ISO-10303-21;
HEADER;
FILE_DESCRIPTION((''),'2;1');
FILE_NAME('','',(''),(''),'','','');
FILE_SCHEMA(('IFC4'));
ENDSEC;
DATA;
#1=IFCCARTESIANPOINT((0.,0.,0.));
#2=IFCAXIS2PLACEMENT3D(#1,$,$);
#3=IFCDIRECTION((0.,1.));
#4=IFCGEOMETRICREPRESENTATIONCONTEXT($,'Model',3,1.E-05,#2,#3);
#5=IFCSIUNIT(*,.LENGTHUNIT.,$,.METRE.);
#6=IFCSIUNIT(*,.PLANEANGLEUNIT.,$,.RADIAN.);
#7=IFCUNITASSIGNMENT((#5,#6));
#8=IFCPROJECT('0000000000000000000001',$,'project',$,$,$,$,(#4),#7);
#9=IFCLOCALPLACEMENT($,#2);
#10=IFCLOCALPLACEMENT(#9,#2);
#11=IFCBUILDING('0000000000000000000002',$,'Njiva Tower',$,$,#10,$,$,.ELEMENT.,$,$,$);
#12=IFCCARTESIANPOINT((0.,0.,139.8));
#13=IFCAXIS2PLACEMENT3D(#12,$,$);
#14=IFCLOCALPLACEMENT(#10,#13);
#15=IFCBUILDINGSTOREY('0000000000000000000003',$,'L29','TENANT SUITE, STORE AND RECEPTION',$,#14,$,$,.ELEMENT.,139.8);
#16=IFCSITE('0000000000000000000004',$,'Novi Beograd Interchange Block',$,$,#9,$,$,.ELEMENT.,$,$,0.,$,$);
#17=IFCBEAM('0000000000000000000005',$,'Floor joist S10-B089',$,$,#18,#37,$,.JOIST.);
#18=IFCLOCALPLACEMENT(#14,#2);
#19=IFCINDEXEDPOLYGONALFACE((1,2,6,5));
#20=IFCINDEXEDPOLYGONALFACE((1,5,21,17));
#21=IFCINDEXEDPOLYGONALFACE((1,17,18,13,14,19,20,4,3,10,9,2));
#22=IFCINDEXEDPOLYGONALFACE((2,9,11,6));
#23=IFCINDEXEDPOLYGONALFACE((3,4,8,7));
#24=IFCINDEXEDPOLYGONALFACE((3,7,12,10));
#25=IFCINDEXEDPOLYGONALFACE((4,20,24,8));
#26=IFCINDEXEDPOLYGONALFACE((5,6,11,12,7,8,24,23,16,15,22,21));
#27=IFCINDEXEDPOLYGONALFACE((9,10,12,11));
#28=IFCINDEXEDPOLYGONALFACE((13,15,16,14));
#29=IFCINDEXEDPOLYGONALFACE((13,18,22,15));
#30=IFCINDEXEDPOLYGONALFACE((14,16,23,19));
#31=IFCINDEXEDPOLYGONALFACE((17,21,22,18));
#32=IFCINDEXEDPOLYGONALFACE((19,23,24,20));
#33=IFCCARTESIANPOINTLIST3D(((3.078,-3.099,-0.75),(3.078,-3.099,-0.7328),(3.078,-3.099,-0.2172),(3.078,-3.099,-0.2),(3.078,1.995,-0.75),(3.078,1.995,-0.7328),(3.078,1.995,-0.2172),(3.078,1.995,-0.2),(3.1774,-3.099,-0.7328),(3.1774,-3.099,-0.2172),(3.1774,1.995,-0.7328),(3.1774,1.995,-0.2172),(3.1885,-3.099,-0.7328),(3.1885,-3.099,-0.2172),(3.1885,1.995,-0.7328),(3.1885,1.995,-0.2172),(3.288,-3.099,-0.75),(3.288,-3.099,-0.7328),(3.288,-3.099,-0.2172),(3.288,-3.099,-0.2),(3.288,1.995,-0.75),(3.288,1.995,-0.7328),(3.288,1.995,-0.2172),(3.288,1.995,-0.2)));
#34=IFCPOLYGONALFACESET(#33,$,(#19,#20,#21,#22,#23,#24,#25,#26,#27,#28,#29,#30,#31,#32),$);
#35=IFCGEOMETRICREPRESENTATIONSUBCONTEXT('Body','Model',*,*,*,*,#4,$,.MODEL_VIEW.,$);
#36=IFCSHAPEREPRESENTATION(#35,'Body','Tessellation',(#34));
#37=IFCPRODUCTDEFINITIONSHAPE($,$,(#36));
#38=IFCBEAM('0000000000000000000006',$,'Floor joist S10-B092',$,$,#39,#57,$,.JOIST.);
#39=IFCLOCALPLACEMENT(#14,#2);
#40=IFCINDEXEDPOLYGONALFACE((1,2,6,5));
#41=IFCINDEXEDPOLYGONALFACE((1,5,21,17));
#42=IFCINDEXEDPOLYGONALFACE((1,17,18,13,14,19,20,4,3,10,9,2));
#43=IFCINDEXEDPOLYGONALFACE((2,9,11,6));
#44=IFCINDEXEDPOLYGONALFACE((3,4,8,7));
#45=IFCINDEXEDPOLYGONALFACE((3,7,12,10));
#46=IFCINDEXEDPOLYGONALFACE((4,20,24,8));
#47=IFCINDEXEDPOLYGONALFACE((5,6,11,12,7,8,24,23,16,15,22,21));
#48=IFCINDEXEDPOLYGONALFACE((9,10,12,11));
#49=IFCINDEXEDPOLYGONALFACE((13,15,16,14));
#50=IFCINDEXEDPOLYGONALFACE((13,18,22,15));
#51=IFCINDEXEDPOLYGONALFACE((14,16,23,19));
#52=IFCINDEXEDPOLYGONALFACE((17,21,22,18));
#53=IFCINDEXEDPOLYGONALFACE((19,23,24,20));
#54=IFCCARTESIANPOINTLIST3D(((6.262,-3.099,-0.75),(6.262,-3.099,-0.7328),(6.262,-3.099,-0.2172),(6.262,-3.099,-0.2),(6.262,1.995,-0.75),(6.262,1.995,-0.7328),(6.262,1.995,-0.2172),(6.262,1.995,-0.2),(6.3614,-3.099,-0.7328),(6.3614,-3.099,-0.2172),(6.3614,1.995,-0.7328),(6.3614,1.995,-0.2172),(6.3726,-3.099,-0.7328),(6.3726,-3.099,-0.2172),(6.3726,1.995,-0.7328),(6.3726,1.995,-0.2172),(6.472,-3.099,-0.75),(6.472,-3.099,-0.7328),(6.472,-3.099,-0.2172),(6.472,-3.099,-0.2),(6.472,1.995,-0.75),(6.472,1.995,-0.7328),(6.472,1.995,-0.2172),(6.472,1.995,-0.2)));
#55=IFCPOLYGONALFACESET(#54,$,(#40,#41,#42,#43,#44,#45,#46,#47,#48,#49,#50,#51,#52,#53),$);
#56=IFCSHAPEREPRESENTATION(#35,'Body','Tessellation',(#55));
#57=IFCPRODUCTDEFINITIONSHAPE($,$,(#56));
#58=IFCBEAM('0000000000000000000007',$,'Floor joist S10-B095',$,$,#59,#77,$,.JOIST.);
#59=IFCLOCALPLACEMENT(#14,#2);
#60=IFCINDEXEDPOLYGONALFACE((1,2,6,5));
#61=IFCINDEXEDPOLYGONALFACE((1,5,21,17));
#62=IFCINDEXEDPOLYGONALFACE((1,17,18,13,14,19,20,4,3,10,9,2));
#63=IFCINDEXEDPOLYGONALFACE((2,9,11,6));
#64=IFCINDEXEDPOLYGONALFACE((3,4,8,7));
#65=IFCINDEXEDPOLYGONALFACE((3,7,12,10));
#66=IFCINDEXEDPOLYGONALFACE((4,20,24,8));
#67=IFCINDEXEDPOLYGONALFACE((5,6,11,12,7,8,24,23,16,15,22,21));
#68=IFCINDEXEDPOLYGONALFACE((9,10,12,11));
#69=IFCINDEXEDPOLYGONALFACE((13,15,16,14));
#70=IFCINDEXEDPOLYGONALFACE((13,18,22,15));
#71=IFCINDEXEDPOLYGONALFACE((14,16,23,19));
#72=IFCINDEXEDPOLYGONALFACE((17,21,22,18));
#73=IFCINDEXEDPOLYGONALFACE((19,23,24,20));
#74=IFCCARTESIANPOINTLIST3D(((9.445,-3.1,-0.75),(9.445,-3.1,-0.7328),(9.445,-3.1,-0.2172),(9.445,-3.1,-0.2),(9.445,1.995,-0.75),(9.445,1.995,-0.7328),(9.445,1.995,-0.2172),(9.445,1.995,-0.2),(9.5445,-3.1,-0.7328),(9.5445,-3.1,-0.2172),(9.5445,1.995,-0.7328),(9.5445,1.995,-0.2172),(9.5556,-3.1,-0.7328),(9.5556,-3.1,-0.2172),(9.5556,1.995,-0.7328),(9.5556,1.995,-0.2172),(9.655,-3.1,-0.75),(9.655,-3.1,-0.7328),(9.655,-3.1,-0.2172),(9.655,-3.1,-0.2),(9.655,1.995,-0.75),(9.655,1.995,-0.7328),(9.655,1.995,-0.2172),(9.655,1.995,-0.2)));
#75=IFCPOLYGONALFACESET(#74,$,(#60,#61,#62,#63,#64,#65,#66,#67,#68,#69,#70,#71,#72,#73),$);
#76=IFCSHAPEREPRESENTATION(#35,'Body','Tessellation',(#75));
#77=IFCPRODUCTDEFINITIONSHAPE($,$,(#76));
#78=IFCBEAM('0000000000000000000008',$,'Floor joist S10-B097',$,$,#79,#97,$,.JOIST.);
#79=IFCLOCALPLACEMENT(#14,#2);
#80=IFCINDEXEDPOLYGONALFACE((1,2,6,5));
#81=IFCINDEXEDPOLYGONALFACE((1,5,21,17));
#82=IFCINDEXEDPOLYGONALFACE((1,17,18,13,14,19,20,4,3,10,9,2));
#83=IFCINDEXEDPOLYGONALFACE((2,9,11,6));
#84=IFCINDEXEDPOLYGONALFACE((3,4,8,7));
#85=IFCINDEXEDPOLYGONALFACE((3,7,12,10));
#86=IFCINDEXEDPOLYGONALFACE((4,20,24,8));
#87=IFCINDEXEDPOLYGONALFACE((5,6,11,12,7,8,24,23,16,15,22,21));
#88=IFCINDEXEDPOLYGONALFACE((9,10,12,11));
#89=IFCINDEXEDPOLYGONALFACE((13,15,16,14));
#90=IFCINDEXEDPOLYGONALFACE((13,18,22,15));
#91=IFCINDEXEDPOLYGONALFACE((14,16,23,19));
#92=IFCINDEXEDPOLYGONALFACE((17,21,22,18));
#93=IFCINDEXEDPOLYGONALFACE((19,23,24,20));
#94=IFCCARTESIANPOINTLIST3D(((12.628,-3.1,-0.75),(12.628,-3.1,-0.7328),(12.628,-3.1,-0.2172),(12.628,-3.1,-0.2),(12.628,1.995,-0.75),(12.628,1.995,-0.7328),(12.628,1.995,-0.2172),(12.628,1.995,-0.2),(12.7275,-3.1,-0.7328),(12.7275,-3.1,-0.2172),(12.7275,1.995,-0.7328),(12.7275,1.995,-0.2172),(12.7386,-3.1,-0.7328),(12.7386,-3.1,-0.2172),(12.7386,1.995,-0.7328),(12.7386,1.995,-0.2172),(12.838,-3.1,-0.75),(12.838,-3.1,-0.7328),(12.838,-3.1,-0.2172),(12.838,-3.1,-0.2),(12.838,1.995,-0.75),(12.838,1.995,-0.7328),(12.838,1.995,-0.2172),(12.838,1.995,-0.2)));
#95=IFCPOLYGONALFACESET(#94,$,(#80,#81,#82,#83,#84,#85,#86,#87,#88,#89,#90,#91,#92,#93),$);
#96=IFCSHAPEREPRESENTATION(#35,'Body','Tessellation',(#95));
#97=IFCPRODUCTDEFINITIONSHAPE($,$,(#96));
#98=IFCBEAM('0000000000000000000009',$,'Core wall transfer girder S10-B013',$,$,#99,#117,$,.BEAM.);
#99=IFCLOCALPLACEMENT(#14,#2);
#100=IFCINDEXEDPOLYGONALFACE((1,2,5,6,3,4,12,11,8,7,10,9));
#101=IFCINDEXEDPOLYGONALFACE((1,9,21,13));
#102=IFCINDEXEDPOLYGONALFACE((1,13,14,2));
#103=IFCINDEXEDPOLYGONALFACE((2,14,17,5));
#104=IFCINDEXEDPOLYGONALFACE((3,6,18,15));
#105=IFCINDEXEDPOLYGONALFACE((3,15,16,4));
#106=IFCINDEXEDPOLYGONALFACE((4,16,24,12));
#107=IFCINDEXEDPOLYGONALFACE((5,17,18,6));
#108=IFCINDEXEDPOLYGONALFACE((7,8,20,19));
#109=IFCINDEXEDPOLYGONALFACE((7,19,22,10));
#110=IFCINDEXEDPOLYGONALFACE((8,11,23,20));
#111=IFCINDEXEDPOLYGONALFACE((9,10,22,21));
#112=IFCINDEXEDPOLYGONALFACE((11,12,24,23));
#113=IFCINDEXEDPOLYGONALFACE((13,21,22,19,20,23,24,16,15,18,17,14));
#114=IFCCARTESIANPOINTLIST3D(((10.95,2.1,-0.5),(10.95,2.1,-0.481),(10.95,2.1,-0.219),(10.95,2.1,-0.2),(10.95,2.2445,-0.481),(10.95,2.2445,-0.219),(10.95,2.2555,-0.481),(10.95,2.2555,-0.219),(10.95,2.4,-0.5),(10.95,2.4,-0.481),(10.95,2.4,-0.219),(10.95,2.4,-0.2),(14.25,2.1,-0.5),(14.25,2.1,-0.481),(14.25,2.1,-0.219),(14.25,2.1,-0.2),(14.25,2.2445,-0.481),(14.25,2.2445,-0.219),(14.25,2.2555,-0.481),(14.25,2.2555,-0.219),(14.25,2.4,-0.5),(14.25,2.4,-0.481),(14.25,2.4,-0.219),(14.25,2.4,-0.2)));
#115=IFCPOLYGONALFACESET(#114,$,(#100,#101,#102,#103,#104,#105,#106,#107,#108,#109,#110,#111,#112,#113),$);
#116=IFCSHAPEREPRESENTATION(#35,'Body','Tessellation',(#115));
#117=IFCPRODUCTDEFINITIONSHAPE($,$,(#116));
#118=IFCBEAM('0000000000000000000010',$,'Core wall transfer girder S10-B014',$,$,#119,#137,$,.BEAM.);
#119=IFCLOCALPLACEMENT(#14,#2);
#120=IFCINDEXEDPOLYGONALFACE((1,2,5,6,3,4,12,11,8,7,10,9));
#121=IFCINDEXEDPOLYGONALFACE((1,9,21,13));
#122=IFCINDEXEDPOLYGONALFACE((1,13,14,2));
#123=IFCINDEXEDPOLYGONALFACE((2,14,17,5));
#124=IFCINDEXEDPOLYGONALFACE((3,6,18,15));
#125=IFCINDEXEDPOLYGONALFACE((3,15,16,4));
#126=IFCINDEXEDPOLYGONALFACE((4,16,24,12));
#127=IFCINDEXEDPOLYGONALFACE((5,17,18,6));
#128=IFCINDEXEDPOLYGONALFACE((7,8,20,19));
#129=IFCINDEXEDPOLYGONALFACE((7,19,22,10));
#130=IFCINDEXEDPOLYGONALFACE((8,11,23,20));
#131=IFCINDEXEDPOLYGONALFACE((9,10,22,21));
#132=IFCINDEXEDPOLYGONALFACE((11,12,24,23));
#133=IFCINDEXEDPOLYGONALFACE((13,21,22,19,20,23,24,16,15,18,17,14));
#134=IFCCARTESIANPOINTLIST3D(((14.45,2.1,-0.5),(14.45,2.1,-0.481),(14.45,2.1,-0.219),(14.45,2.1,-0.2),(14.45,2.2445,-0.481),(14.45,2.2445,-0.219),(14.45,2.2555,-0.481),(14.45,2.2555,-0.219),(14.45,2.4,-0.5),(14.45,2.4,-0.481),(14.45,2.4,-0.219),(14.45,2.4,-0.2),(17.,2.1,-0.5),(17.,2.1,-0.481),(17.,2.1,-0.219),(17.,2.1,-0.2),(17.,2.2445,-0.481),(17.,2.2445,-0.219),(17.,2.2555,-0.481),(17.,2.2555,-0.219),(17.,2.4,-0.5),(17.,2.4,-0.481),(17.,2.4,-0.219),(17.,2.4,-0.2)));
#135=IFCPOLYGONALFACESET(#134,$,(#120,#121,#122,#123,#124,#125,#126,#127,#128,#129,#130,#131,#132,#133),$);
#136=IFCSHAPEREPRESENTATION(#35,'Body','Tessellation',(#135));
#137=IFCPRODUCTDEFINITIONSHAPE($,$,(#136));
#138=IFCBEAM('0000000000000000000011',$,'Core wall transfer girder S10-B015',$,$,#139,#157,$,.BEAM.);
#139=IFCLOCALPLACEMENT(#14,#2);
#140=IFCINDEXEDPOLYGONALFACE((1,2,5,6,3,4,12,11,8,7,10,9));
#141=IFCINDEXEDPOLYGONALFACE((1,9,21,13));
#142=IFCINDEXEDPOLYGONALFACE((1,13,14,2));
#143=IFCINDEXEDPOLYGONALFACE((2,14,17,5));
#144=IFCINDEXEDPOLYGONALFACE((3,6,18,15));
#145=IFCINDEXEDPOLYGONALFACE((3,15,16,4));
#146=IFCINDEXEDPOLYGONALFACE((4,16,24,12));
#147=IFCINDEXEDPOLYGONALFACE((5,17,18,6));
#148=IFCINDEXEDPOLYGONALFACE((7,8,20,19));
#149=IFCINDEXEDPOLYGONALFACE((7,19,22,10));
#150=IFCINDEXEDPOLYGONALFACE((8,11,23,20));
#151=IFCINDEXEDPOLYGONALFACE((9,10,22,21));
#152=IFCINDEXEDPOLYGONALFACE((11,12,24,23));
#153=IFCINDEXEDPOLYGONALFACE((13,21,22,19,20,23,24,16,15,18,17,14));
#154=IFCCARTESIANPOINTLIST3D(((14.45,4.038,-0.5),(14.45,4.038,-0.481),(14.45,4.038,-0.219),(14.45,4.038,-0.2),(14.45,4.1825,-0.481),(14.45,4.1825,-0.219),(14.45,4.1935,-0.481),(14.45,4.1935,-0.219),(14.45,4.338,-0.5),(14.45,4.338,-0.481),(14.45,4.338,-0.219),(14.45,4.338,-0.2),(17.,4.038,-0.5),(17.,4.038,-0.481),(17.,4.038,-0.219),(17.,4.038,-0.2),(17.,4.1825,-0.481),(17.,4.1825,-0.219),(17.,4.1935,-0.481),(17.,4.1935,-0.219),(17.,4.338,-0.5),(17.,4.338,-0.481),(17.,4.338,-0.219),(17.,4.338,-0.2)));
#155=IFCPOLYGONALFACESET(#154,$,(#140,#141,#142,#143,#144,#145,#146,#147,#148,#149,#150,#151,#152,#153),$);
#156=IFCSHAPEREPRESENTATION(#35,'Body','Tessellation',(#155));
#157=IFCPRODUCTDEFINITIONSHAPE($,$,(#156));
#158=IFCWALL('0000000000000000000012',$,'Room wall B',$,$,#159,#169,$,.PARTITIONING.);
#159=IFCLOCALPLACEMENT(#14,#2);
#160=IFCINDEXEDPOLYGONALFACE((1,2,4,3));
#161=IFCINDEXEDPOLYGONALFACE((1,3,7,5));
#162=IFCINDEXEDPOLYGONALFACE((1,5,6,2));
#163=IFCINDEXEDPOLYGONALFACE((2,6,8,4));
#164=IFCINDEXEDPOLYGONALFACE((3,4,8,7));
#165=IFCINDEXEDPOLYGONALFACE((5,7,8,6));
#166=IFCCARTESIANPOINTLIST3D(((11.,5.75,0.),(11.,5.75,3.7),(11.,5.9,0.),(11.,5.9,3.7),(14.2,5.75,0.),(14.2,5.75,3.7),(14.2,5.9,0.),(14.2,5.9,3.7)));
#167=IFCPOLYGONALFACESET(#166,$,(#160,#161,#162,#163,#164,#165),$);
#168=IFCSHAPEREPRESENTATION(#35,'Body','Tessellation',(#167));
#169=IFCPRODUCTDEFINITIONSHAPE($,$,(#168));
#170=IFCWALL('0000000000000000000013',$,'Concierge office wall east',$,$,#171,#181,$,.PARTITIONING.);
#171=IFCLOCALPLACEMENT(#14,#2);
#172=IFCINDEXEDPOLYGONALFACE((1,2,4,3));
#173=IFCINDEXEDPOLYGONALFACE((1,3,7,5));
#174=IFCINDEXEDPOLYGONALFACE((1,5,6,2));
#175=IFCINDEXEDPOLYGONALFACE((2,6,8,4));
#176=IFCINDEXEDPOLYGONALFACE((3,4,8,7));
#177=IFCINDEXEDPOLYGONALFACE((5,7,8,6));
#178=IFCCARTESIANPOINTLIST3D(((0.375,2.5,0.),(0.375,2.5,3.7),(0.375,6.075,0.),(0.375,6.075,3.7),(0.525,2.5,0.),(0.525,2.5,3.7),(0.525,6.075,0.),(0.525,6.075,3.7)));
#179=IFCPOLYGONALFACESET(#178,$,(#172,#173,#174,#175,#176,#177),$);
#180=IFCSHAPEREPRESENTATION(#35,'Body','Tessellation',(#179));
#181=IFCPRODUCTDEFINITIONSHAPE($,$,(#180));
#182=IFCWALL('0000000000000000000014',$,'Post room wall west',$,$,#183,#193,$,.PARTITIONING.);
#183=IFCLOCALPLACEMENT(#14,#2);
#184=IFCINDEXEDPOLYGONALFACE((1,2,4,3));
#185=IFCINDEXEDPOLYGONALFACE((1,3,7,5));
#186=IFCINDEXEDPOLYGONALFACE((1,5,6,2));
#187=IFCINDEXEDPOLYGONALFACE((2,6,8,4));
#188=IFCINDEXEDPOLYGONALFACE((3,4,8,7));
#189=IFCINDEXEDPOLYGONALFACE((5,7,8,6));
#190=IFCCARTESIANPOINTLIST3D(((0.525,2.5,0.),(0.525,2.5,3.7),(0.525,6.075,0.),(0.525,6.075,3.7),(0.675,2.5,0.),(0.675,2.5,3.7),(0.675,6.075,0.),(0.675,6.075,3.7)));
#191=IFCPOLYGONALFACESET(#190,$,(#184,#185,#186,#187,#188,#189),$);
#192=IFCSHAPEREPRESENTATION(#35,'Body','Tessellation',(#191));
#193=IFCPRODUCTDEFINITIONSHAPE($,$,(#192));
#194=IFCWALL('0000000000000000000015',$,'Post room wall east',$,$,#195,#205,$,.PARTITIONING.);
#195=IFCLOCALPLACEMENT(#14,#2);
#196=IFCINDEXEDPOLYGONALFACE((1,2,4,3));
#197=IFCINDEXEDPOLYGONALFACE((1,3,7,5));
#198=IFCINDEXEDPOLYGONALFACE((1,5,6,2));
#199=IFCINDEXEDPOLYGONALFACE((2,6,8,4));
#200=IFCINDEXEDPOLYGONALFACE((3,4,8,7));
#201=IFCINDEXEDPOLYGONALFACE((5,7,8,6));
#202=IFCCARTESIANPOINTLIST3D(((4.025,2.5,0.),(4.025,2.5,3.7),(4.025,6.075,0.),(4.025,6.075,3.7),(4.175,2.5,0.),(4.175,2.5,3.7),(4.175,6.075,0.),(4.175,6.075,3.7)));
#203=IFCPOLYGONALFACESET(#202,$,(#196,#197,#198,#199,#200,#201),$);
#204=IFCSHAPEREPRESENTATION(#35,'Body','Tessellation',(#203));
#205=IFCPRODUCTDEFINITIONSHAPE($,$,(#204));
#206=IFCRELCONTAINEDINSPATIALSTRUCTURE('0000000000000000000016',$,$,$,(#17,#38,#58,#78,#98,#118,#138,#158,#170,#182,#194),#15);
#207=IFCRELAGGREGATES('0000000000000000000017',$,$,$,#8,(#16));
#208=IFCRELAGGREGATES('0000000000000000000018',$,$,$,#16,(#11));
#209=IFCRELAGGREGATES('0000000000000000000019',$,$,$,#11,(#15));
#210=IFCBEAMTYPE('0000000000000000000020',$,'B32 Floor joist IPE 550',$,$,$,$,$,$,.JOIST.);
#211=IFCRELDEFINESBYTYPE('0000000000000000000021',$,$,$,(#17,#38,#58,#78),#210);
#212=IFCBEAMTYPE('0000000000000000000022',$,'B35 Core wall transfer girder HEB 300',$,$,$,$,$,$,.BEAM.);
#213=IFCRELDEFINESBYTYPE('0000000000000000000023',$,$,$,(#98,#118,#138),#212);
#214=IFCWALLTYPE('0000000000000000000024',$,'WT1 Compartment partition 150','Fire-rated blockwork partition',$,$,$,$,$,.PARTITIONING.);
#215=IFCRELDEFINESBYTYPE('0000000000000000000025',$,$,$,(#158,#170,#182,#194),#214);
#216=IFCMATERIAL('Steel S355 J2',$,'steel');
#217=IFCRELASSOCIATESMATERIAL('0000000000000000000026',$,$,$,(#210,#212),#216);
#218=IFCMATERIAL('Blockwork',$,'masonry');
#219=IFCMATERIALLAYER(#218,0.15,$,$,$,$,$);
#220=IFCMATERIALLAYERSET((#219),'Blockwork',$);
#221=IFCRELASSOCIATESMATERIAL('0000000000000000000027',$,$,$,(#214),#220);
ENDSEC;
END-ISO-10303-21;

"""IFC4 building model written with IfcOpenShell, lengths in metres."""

from ifc_helpers import new_model, si_unit, direction, frame, frame_2d, origin, origin_2d, place, context, subcontext, project, spatial, rectangle, i_section, extrude, material, layer, layer_set, material_profile, profile_set, type_object, element, save


model = new_model("IFC4")

# Units and contexts
model_context = context("Model", 3, precision=1e-05, world=origin(), true_north=direction((0.0, 1.0)))
body_context = subcontext(model_context, "Body", "Model", "MODEL_VIEW")
ifc_project = project(units=[si_unit("LENGTHUNIT", "METRE"), si_unit("PLANEANGLEUNIT", "RADIAN")], contexts=[model_context])

# Site, building, storey
site_placement = place(None, origin())
site = spatial("IfcSite", under=ifc_project, at=site_placement, Name="Novi Beograd Interchange Block", CompositionType="ELEMENT", RefElevation=0.0)
building_placement = place(site_placement, origin())
building = spatial("IfcBuilding", under=site, at=building_placement, Name="Njiva Tower", CompositionType="ELEMENT")
storey_placement = place(building_placement, frame((0.0, 0.0, 139.8)))
storey = spatial("IfcBuildingStorey", under=building, at=storey_placement, Name="L29", Description="TENANT SUITE, STORE AND RECEPTION", CompositionType="ELEMENT", Elevation=139.8)

# Beams
ifc_material_1 = material(Name="Steel S355 J2", Category="steel")
ifc_material_profile_1 = material_profile(ifc_material_1, i_section(OverallWidth=0.21, OverallDepth=0.55, WebThickness=0.0111, FlangeThickness=0.0172, at=origin_2d()), Name="IPE 550")
ifc_profile_set_1 = profile_set([ifc_material_profile_1], Name="Steel S355 J2")
beam_type_1 = type_object("IfcBeamType", Name="B32 Floor joist IPE 550", PredefinedType="JOIST", material=ifc_profile_set_1)
for number, where, z_axis, x_axis, name in (
    (1, (3.183, 1.995, -0.475), (0.0, -1.0, 0.0), (1.0, 0.0, 0.0), "Floor joist S10-B089"),
    (2, (6.367, 1.995, -0.475), (0.0, -1.0, 0.0), (1.0, 0.0, 0.0), "Floor joist S10-B092"),
):
    element("IfcBeam", number, at=place(storey_placement, frame(where, z_axis=z_axis, x_axis=x_axis)), inside=storey, type_object=beam_type_1, Name=name, PredefinedType="JOIST", context=body_context, shape_type="SweptSolid", body=[
        extrude(i_section(OverallWidth=0.21, OverallDepth=0.55, WebThickness=0.0111, FlangeThickness=0.0172, at=origin_2d()), origin(), (0.0, 0.0, 1.0), 5.094),
    ])
for number, where, z_axis, x_axis, name in (
    (3, (9.55, 1.995, -0.475), (0.0, -1.0, 0.0), (1.0, 0.0, 0.0), "Floor joist S10-B095"),
    (4, (12.733, 1.995, -0.475), (0.0, -1.0, 0.0), (1.0, 0.0, 0.0), "Floor joist S10-B097"),
):
    element("IfcBeam", number, at=place(storey_placement, frame(where, z_axis=z_axis, x_axis=x_axis)), inside=storey, type_object=beam_type_1, Name=name, PredefinedType="JOIST", context=body_context, shape_type="SweptSolid", body=[
        extrude(i_section(OverallWidth=0.21, OverallDepth=0.55, WebThickness=0.0111, FlangeThickness=0.0172, at=origin_2d()), origin(), (0.0, 0.0, 1.0), 5.095),
    ])
ifc_material_profile_2 = material_profile(ifc_material_1, i_section(OverallWidth=0.3, OverallDepth=0.3, WebThickness=0.011, FlangeThickness=0.019, at=origin_2d()), Name="HEB 300")
ifc_profile_set_2 = profile_set([ifc_material_profile_2], Name="Steel S355 J2")
beam_type_2 = type_object("IfcBeamType", Name="B35 Core wall transfer girder HEB 300", PredefinedType="BEAM", material=ifc_profile_set_2)
beam_placement = place(storey_placement, frame((10.95, 2.25, -0.35), z_axis=(1.0, 0.0, 0.0), x_axis=(0.0, 1.0, 0.0)))
element("IfcBeam", 5, at=beam_placement, inside=storey, type_object=beam_type_2, Name="Core wall transfer girder S10-B013", PredefinedType="BEAM", context=body_context, shape_type="SweptSolid", body=[
    extrude(i_section(OverallWidth=0.3, OverallDepth=0.3, WebThickness=0.011, FlangeThickness=0.019, at=origin_2d()), origin(), (0.0, 0.0, 1.0), 3.3),
])
for number, where, z_axis, x_axis, name in (
    (6, (14.45, 2.25, -0.35), (1.0, 0.0, 0.0), (0.0, 1.0, 0.0), "Core wall transfer girder S10-B014"),
    (7, (14.45, 4.188, -0.35), (1.0, 0.0, 0.0), (0.0, 1.0, 0.0), "Core wall transfer girder S10-B015"),
):
    element("IfcBeam", number, at=place(storey_placement, frame(where, z_axis=z_axis, x_axis=x_axis)), inside=storey, type_object=beam_type_2, Name=name, PredefinedType="BEAM", context=body_context, shape_type="SweptSolid", body=[
        extrude(i_section(OverallWidth=0.3, OverallDepth=0.3, WebThickness=0.011, FlangeThickness=0.019, at=origin_2d()), origin(), (0.0, 0.0, 1.0), 2.55),
    ])

# Walls
ifc_material_2 = material(Name="Blockwork", Category="masonry")
ifc_layer_1 = layer(ifc_material_2, 0.15)
ifc_layer_set_1 = layer_set([ifc_layer_1], Name="Blockwork")
wall_type_1 = type_object("IfcWallType", Name="WT1 Compartment partition 150", Description="Fire-rated blockwork partition", PredefinedType="PARTITIONING", material=ifc_layer_set_1)
wall_1_placement = place(storey_placement, frame((11.0, 5.825, 0.0), z_axis=(0.0, 0.0, 1.0), x_axis=(1.0, 0.0, 0.0)))
element("IfcWall", 8, at=wall_1_placement, inside=storey, type_object=wall_type_1, Name="Room wall B", PredefinedType="PARTITIONING", context=body_context, shape_type="SweptSolid", body=[
    extrude(rectangle(XDim=3.2, YDim=0.15, at=frame_2d((1.6, 0.0))), origin(), (0.0, 0.0, 1.0), 3.7),
])
for number, where, z_axis, x_axis, name in (
    (9, (0.45, 2.5, 0.0), (0.0, 0.0, 1.0), (0.0, 1.0, 0.0), "Concierge office wall east"),
    (10, (0.6, 2.5, 0.0), (0.0, 0.0, 1.0), (0.0, 1.0, 0.0), "Post room wall west"),
    (11, (4.1, 2.5, 0.0), (0.0, 0.0, 1.0), (0.0, 1.0, 0.0), "Post room wall east"),
):
    element("IfcWall", number, at=place(storey_placement, frame(where, z_axis=z_axis, x_axis=x_axis)), inside=storey, type_object=wall_type_1, Name=name, PredefinedType="PARTITIONING", context=body_context, shape_type="SweptSolid", body=[
        extrude(rectangle(XDim=3.575, YDim=0.15, at=frame_2d((1.7875, 0.0))), origin(), (0.0, 0.0, 1.0), 3.7),
    ])

save(model, "model.ifc")
